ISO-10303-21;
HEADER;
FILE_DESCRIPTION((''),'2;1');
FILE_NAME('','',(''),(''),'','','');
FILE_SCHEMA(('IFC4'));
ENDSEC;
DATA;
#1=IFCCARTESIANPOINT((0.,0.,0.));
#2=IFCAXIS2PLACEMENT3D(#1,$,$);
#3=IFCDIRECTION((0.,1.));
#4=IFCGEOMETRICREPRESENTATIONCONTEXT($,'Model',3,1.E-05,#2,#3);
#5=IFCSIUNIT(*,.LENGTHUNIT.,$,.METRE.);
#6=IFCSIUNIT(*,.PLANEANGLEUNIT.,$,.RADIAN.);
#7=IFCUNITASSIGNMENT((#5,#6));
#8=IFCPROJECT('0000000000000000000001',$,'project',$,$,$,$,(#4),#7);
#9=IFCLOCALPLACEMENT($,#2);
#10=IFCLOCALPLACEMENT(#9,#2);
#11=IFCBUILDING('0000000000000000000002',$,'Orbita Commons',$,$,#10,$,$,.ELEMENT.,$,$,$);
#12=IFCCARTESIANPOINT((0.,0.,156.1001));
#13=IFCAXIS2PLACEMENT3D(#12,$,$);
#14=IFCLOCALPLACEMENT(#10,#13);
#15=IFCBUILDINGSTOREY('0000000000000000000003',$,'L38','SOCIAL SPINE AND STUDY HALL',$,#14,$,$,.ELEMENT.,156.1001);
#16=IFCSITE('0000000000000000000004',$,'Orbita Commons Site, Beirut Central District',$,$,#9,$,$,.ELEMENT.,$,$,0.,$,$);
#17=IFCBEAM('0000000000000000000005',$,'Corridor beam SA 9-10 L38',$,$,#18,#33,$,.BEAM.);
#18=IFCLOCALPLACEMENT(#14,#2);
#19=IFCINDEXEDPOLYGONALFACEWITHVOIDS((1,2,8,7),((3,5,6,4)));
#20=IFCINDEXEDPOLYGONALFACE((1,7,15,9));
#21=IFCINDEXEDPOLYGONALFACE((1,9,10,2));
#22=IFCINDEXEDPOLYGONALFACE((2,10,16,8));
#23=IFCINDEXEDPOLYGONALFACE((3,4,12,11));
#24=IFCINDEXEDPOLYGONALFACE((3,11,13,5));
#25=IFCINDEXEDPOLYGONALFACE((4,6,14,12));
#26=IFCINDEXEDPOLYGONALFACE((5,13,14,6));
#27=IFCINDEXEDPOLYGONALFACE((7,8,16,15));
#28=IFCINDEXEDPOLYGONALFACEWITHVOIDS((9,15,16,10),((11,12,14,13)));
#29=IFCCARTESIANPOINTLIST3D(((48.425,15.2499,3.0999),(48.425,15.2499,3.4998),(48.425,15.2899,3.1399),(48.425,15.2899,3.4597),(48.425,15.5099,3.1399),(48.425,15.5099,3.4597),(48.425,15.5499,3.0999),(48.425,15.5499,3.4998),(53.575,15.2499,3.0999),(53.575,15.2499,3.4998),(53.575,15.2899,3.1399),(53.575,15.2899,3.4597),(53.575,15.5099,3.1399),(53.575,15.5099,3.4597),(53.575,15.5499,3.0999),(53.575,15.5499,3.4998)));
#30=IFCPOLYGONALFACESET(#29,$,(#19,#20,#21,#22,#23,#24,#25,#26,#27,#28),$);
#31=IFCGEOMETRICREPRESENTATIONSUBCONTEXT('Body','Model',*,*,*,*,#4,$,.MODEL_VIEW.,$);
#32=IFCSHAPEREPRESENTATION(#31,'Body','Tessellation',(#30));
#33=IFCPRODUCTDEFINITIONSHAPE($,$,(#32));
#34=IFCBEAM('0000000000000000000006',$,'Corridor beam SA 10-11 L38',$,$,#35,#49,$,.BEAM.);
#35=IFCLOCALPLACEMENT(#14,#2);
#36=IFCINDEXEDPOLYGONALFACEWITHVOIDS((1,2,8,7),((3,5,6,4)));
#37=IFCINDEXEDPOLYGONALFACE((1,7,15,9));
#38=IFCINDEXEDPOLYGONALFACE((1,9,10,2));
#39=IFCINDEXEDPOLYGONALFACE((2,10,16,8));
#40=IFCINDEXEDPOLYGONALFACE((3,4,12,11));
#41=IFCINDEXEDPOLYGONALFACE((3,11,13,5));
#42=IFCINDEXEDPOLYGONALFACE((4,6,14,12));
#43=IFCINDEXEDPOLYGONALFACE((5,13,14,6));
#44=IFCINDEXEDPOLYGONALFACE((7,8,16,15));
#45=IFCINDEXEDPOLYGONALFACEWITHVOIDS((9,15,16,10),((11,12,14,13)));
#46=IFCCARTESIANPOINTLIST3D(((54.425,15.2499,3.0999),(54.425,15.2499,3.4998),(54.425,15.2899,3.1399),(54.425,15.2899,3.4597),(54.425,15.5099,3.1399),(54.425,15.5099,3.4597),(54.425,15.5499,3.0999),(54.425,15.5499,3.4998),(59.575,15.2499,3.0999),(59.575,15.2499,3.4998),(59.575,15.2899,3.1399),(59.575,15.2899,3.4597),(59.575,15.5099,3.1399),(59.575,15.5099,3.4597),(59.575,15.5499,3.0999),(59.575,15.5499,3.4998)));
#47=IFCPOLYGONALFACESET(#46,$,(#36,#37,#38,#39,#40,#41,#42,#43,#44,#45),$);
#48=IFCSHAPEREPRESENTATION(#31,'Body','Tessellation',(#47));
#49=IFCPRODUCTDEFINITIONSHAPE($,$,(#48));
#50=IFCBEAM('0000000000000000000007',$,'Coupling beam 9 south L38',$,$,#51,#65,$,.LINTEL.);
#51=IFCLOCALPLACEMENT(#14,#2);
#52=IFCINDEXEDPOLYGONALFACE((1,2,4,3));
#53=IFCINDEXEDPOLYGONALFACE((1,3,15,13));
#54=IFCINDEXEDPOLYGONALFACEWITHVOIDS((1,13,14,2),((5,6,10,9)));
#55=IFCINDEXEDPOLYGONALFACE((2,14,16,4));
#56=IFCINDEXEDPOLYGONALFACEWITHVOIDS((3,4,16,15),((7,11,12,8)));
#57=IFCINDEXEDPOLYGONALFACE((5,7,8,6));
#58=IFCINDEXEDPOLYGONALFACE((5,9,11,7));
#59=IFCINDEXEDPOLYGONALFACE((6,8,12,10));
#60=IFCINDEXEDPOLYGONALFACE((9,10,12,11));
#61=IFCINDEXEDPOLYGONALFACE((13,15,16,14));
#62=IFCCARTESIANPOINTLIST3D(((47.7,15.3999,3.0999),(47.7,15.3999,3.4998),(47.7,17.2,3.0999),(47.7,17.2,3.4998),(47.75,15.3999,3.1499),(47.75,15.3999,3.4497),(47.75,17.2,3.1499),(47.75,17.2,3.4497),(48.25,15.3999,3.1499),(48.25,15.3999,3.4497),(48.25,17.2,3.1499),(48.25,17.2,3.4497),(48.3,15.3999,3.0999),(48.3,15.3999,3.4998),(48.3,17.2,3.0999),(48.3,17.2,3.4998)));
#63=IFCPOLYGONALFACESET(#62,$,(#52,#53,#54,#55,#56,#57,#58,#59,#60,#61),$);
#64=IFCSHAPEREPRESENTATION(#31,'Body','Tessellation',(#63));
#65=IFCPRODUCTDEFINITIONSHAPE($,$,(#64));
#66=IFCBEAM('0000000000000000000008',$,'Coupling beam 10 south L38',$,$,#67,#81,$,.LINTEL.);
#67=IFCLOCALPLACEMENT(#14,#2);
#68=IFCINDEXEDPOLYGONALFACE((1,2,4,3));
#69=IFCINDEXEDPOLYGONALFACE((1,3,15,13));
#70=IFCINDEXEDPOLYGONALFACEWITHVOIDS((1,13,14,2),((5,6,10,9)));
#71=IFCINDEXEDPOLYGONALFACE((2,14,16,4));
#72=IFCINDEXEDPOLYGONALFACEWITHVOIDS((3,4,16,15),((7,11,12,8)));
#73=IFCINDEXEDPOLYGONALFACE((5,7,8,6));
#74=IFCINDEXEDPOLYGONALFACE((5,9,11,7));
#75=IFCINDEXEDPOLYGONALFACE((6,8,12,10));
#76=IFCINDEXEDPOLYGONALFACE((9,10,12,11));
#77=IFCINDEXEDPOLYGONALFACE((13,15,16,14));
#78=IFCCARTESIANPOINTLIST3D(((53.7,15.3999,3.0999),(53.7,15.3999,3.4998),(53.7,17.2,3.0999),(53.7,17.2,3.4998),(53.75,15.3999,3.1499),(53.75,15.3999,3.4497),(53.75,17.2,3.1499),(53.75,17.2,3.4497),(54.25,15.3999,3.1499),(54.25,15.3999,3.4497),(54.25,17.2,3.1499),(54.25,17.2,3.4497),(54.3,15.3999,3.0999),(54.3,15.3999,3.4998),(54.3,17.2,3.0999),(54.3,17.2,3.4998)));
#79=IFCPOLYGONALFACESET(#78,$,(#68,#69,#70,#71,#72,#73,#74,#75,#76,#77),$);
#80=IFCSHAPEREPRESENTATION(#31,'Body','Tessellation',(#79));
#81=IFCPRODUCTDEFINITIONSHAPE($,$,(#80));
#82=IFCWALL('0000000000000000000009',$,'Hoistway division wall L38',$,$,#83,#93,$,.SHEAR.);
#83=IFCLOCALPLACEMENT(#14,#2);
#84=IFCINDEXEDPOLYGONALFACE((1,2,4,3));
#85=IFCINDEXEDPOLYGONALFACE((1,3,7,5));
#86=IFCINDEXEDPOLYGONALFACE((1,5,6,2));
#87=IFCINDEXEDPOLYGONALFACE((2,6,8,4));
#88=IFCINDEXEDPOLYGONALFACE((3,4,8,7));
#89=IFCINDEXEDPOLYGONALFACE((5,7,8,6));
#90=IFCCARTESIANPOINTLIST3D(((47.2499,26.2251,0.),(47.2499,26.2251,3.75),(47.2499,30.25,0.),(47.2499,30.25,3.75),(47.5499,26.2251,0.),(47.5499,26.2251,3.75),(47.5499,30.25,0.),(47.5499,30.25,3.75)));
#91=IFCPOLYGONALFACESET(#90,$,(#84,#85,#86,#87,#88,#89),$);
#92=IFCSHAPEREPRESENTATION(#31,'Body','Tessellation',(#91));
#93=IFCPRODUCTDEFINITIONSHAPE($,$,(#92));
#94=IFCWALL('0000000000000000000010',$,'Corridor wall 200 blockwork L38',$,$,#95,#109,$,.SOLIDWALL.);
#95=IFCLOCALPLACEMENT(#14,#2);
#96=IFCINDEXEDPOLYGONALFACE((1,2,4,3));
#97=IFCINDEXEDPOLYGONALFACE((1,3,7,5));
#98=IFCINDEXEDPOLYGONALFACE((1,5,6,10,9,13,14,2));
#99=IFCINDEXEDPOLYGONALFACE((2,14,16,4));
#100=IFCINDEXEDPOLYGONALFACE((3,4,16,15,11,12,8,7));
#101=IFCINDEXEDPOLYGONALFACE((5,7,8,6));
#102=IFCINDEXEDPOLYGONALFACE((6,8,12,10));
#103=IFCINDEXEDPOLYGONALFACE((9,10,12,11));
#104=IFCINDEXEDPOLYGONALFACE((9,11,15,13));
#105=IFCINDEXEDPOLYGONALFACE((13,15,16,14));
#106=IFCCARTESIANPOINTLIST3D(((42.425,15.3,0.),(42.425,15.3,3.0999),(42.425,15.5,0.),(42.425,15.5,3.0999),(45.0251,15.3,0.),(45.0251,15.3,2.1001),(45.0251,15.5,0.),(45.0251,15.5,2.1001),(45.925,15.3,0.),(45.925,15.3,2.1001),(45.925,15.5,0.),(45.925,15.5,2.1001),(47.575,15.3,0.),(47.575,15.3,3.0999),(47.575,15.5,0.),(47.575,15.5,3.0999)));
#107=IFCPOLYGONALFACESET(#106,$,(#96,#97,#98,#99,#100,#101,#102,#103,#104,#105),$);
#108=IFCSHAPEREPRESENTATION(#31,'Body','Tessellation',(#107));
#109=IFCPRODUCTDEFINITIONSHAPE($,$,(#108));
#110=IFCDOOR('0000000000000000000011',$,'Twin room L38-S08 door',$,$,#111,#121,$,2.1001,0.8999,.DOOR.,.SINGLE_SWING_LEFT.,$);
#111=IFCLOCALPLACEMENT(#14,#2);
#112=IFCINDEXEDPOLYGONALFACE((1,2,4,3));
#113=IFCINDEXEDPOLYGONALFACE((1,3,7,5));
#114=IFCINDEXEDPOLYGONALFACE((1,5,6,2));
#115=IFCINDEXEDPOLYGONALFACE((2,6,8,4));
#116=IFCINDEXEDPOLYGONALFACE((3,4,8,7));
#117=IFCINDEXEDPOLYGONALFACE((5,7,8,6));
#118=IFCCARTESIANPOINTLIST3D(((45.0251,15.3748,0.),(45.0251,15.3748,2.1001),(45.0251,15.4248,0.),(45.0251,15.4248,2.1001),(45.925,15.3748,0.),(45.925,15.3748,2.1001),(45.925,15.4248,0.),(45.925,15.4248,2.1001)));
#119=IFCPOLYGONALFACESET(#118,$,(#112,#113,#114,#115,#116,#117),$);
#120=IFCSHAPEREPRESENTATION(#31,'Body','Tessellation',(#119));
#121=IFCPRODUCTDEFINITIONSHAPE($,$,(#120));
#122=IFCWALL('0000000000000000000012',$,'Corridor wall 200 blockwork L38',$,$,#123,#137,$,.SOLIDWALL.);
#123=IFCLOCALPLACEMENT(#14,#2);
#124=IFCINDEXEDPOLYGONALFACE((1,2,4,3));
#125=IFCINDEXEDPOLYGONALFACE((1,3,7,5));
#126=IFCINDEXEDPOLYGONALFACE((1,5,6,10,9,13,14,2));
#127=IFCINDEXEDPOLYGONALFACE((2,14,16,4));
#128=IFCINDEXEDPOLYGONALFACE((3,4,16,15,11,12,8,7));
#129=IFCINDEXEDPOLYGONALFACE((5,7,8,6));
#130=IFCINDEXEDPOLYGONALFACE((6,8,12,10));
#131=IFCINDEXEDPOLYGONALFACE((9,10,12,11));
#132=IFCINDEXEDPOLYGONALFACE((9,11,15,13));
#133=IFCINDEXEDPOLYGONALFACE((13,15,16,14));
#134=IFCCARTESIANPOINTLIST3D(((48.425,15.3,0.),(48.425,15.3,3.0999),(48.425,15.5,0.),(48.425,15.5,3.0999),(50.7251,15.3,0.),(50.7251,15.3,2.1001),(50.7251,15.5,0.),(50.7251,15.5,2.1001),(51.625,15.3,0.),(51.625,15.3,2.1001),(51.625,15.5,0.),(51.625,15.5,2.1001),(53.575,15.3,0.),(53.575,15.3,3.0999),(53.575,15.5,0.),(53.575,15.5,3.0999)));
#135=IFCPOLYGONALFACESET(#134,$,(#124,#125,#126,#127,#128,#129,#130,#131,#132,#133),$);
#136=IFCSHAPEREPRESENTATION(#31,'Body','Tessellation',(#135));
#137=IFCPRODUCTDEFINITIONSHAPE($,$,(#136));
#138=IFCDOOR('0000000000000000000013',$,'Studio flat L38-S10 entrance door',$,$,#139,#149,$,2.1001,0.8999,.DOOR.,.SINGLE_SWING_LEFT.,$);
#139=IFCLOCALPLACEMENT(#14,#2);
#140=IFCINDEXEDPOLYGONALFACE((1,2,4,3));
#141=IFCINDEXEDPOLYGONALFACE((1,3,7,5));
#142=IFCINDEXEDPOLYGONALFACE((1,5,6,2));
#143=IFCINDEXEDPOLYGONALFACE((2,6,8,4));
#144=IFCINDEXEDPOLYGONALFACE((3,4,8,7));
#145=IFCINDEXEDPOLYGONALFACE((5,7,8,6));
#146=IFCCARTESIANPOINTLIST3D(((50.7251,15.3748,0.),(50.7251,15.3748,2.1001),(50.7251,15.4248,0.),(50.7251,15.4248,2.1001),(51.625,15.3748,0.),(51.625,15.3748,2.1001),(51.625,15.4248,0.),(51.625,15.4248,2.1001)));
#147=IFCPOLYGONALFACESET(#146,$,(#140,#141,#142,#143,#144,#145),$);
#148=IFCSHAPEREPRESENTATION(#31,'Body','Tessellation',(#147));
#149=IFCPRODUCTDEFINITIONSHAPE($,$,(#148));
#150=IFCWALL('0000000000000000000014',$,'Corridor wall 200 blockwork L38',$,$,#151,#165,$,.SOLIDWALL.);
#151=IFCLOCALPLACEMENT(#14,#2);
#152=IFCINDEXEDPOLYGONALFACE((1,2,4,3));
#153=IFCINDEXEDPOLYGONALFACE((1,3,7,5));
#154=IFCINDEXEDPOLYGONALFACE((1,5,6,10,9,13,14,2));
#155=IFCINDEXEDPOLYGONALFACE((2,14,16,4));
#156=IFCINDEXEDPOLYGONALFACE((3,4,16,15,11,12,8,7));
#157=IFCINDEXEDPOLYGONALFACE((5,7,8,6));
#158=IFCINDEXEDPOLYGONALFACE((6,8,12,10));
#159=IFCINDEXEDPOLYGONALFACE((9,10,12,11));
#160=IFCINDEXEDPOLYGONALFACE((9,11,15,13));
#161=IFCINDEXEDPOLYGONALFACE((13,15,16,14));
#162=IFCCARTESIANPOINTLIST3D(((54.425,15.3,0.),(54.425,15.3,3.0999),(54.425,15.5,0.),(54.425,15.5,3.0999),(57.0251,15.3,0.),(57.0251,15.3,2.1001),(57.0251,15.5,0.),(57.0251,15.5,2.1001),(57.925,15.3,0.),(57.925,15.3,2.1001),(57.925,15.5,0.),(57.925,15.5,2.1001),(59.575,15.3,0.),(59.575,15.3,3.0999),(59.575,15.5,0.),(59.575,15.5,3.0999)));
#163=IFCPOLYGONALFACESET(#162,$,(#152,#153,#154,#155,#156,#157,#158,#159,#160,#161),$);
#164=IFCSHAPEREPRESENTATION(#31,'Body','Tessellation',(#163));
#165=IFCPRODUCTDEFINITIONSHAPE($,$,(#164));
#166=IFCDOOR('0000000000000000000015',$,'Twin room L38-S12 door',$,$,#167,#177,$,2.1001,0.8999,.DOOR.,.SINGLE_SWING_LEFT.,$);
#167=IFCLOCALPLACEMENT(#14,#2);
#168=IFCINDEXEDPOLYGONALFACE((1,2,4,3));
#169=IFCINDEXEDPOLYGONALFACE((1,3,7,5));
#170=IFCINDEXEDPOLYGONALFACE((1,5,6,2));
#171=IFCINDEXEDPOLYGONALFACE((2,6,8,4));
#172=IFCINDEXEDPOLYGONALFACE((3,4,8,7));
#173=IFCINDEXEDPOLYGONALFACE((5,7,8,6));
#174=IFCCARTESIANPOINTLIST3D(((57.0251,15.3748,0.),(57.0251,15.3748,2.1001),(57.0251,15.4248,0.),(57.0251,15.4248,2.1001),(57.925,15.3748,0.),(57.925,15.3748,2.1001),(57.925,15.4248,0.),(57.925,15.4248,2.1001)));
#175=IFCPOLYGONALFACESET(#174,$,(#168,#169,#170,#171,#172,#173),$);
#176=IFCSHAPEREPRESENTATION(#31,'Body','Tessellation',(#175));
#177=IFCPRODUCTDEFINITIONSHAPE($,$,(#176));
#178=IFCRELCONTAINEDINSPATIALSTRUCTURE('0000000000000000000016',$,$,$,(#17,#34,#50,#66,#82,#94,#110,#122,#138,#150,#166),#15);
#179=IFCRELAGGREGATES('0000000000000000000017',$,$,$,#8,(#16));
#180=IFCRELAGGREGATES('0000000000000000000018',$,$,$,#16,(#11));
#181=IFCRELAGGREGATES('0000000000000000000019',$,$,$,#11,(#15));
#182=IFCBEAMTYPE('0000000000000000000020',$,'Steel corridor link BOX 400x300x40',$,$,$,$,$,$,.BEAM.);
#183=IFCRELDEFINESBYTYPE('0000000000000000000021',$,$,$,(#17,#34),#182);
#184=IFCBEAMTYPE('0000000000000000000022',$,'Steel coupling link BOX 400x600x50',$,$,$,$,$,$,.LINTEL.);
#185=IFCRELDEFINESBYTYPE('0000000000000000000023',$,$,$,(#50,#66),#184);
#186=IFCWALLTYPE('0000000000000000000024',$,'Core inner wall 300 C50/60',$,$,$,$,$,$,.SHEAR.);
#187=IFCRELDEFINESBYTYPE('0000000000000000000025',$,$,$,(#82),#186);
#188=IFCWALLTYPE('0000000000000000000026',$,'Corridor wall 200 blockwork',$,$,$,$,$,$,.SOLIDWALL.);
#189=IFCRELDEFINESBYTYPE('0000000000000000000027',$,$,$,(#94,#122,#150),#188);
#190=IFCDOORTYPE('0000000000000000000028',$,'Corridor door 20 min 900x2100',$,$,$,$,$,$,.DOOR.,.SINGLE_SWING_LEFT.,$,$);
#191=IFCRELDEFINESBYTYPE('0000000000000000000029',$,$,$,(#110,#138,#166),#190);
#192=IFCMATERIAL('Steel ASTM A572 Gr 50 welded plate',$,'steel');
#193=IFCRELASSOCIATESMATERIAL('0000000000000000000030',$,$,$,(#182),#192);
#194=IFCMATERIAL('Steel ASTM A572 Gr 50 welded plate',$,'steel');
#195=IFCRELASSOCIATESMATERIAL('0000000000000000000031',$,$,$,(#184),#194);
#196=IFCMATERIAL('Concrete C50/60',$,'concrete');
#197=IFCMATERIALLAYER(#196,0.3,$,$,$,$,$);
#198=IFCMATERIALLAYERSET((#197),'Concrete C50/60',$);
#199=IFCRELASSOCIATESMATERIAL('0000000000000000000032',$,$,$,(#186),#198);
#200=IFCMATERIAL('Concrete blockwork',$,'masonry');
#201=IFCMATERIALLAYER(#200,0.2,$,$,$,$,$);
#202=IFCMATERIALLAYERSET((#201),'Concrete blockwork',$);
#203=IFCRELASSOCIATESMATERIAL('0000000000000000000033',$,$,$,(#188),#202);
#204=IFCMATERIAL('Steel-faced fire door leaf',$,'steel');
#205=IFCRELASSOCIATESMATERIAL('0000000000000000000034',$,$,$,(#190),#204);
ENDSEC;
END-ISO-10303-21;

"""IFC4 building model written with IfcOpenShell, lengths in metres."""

from ifc_helpers import new_model, si_unit, direction, frame, frame_2d, origin, origin_2d, place, context, subcontext, project, spatial, polyline, rectangle, hollow_rectangle, outline, extrude, material, layer, layer_set, material_profile, profile_set, type_object, element, fill, save


model = new_model("IFC4")

# Units and contexts
model_context = context("Model", 3, precision=1e-05, world=origin(), true_north=direction((0.0, 1.0)))
body_context = subcontext(model_context, "Body", "Model", "MODEL_VIEW")
ifc_project = project(units=[si_unit("LENGTHUNIT", "METRE"), si_unit("PLANEANGLEUNIT", "RADIAN")], contexts=[model_context])

# Site, building, storey
site_placement = place(None, origin())
site = spatial("IfcSite", under=ifc_project, at=site_placement, Name="Orbita Commons Site, Beirut Central District", CompositionType="ELEMENT", RefElevation=0.0)
building_placement = place(site_placement, origin())
building = spatial("IfcBuilding", under=site, at=building_placement, Name="Orbita Commons", CompositionType="ELEMENT")
storey_placement = place(building_placement, frame((0.0, 0.0, 156.1001)))
storey = spatial("IfcBuildingStorey", under=building, at=storey_placement, Name="L38", Description="SOCIAL SPINE AND STUDY HALL", CompositionType="ELEMENT", Elevation=156.1001)

# Beams
ifc_material_1 = material(Name="Steel ASTM A572 Gr 50 welded plate", Category="steel")
ifc_material_profile_1 = material_profile(ifc_material_1, hollow_rectangle(XDim=0.3, YDim=0.3999, WallThickness=0.04, at=origin_2d()), Name="BOX 400x300x40")
ifc_profile_set_1 = profile_set([ifc_material_profile_1], Name="Steel ASTM A572 Gr 50 welded plate")
beam_type_1 = type_object("IfcBeamType", Name="Steel corridor link BOX 400x300x40", PredefinedType="BEAM", material=ifc_profile_set_1)
for number, where, z_axis, x_axis, name in (
    (1, (48.425, 15.3999, 3.2998), (1.0, 0.0, 0.0), (0.0, 1.0, 0.0), "Corridor beam SA 9-10 L38"),
    (2, (54.425, 15.3999, 3.2998), (1.0, 0.0, 0.0), (0.0, 1.0, 0.0), "Corridor beam SA 10-11 L38"),
):
    element("IfcBeam", number, at=place(storey_placement, frame(where, z_axis=z_axis, x_axis=x_axis)), inside=storey, type_object=beam_type_1, Name=name, PredefinedType="BEAM", context=body_context, shape_type="SweptSolid", body=[
        extrude(hollow_rectangle(XDim=0.3, YDim=0.3999, WallThickness=0.04, at=origin_2d()), origin(), (0.0, 0.0, 1.0), 5.1499),
    ])
ifc_material_2 = material(Name="Steel ASTM A572 Gr 50 welded plate", Category="steel")
ifc_material_profile_2 = material_profile(ifc_material_2, hollow_rectangle(XDim=0.6001, YDim=0.3999, WallThickness=0.05, at=origin_2d()), Name="BOX 400x600x50")
ifc_profile_set_2 = profile_set([ifc_material_profile_2], Name="Steel ASTM A572 Gr 50 welded plate")
beam_type_2 = type_object("IfcBeamType", Name="Steel coupling link BOX 400x600x50", PredefinedType="LINTEL", material=ifc_profile_set_2)
for number, where, z_axis, x_axis, name in (
    (3, (48.0, 15.3999, 3.2998), (0.0, 1.0, 0.0), (-1.0, 0.0, 0.0), "Coupling beam 9 south L38"),
    (4, (54.0, 15.3999, 3.2998), (0.0, 1.0, 0.0), (-1.0, 0.0, 0.0), "Coupling beam 10 south L38"),
):
    element("IfcBeam", number, at=place(storey_placement, frame(where, z_axis=z_axis, x_axis=x_axis)), inside=storey, type_object=beam_type_2, Name=name, PredefinedType="LINTEL", context=body_context, shape_type="SweptSolid", body=[
        extrude(hollow_rectangle(XDim=0.6001, YDim=0.3999, WallThickness=0.05, at=origin_2d()), origin(), (0.0, 0.0, 1.0), 1.8),
    ])

# Wall
ifc_material_3 = material(Name="Concrete C50/60", Category="concrete")
ifc_layer_1 = layer(ifc_material_3, 0.3)
ifc_layer_set_1 = layer_set([ifc_layer_1], Name="Concrete C50/60")
wall_type_1 = type_object("IfcWallType", Name="Core inner wall 300 C50/60", PredefinedType="SHEAR", material=ifc_layer_set_1)
wall_1_placement = place(storey_placement, frame((47.3999, 26.2251, 0.0), z_axis=(0.0, 0.0, 1.0), x_axis=(0.0, 1.0, 0.0)))
element("IfcWall", 5, at=wall_1_placement, inside=storey, type_object=wall_type_1, Name="Hoistway division wall L38", PredefinedType="SHEAR", context=body_context, shape_type="SweptSolid", body=[
    extrude(rectangle(XDim=4.0249, YDim=0.3, at=frame_2d((2.0125, 0.0))), origin(), (0.0, 0.0, 1.0), 3.75),
])

# Walls, openings, doors
ifc_material_4 = material(Name="Concrete blockwork", Category="masonry")
ifc_layer_2 = layer(ifc_material_4, 0.2)
ifc_layer_set_2 = layer_set([ifc_layer_2], Name="Concrete blockwork")
wall_type_2 = type_object("IfcWallType", Name="Corridor wall 200 blockwork", PredefinedType="SOLIDWALL", material=ifc_layer_set_2)
wall_2_placement = place(storey_placement, frame((42.425, 15.3999, 0.0), z_axis=(0.0, 0.0, 1.0), x_axis=(1.0, 0.0, 0.0)))
wall_2 = element("IfcWall", 6, at=wall_2_placement, inside=storey, type_object=wall_type_2, Name="Corridor wall 200 blockwork L38", PredefinedType="SOLIDWALL", context=body_context, shape_type="SweptSolid", body=[
    extrude(outline(polyline([(0.0, 0.0), (5.1499, 0.0), (5.1499, 3.0999), (0.0, 3.0999), (0.0, 0.0)])), frame((0.0, 0.1001, 0.0), z_axis=(0.0, -1.0, 0.0), x_axis=(1.0, 0.0, 0.0)), (0.0, 0.0, 1.0), 0.2),
])
opening_1_placement = place(wall_2_placement, frame((2.6001, 0.0, 0.0)))
opening_1 = element("IfcOpeningElement", 7, at=opening_1_placement, cuts=wall_2, PredefinedType="OPENING", context=body_context, shape_type="SweptSolid", body=[
    extrude(rectangle(XDim=0.8999, YDim=2.1001, at=frame_2d((0.45, 1.05))), frame((0.0, 0.1099, 0.0), z_axis=(0.0, -1.0, 0.0), x_axis=(1.0, 0.0, 0.0)), (0.0, 0.0, 1.0), 0.22),
])
ifc_material_5 = material(Name="Steel-faced fire door leaf", Category="steel")
door_type_1 = type_object("IfcDoorType", Name="Corridor door 20 min 900x2100", OperationType="SINGLE_SWING_LEFT", PredefinedType="DOOR", material=ifc_material_5)
door_1_placement = place(opening_1_placement, origin())
door_1 = element("IfcDoor", 8, at=door_1_placement, inside=storey, type_object=door_type_1, Name="Twin room L38-S08 door", OperationType="SINGLE_SWING_LEFT", OverallHeight=2.1001, OverallWidth=0.8999, PredefinedType="DOOR", context=body_context, shape_type="SweptSolid", body=[
    extrude(rectangle(XDim=0.8999, YDim=2.1001, at=frame_2d((0.45, 1.05))), frame((0.0, 0.0249, 0.0), z_axis=(0.0, -1.0, 0.0), x_axis=(1.0, 0.0, 0.0)), (0.0, 0.0, 1.0), 0.05),
])
fill(opening_1, door_1)
wall_3_placement = place(storey_placement, frame((48.425, 15.3999, 0.0), z_axis=(0.0, 0.0, 1.0), x_axis=(1.0, 0.0, 0.0)))
wall_3 = element("IfcWall", 9, at=wall_3_placement, inside=storey, type_object=wall_type_2, Name="Corridor wall 200 blockwork L38", PredefinedType="SOLIDWALL", context=body_context, shape_type="SweptSolid", body=[
    extrude(outline(polyline([(0.0, 0.0), (5.1499, 0.0), (5.1499, 3.0999), (0.0, 3.0999), (0.0, 0.0)])), frame((0.0, 0.1001, 0.0), z_axis=(0.0, -1.0, 0.0), x_axis=(1.0, 0.0, 0.0)), (0.0, 0.0, 1.0), 0.2),
])
opening_2_placement = place(wall_3_placement, frame((2.3, 0.0, 0.0)))
opening_2 = element("IfcOpeningElement", 10, at=opening_2_placement, cuts=wall_3, PredefinedType="OPENING", context=body_context, shape_type="SweptSolid", body=[
    extrude(rectangle(XDim=0.8999, YDim=2.1001, at=frame_2d((0.45, 1.05))), frame((0.0, 0.1099, 0.0), z_axis=(0.0, -1.0, 0.0), x_axis=(1.0, 0.0, 0.0)), (0.0, 0.0, 1.0), 0.22),
])
door_2_placement = place(opening_2_placement, origin())
door_2 = element("IfcDoor", 11, at=door_2_placement, inside=storey, type_object=door_type_1, Name="Studio flat L38-S10 entrance door", OperationType="SINGLE_SWING_LEFT", OverallHeight=2.1001, OverallWidth=0.8999, PredefinedType="DOOR", context=body_context, shape_type="SweptSolid", body=[
    extrude(rectangle(XDim=0.8999, YDim=2.1001, at=frame_2d((0.45, 1.05))), frame((0.0, 0.0249, 0.0), z_axis=(0.0, -1.0, 0.0), x_axis=(1.0, 0.0, 0.0)), (0.0, 0.0, 1.0), 0.05),
])
fill(opening_2, door_2)
wall_4_placement = place(storey_placement, frame((54.425, 15.3999, 0.0), z_axis=(0.0, 0.0, 1.0), x_axis=(1.0, 0.0, 0.0)))
wall_4 = element("IfcWall", 12, at=wall_4_placement, inside=storey, type_object=wall_type_2, Name="Corridor wall 200 blockwork L38", PredefinedType="SOLIDWALL", context=body_context, shape_type="SweptSolid", body=[
    extrude(outline(polyline([(0.0, 0.0), (5.1499, 0.0), (5.1499, 3.0999), (0.0, 3.0999), (0.0, 0.0)])), frame((0.0, 0.1001, 0.0), z_axis=(0.0, -1.0, 0.0), x_axis=(1.0, 0.0, 0.0)), (0.0, 0.0, 1.0), 0.2),
])
opening_3_placement = place(wall_4_placement, frame((2.6001, 0.0, 0.0)))
opening_3 = element("IfcOpeningElement", 13, at=opening_3_placement, cuts=wall_4, PredefinedType="OPENING", context=body_context, shape_type="SweptSolid", body=[
    extrude(rectangle(XDim=0.8999, YDim=2.1001, at=frame_2d((0.45, 1.05))), frame((0.0, 0.1099, 0.0), z_axis=(0.0, -1.0, 0.0), x_axis=(1.0, 0.0, 0.0)), (0.0, 0.0, 1.0), 0.22),
])
door_3_placement = place(opening_3_placement, origin())
door_3 = element("IfcDoor", 14, at=door_3_placement, inside=storey, type_object=door_type_1, Name="Twin room L38-S12 door", OperationType="SINGLE_SWING_LEFT", OverallHeight=2.1001, OverallWidth=0.8999, PredefinedType="DOOR", context=body_context, shape_type="SweptSolid", body=[
    extrude(rectangle(XDim=0.8999, YDim=2.1001, at=frame_2d((0.45, 1.05))), frame((0.0, 0.0249, 0.0), z_axis=(0.0, -1.0, 0.0), x_axis=(1.0, 0.0, 0.0)), (0.0, 0.0, 1.0), 0.05),
])
fill(opening_3, door_3)

save(model, "model.ifc")
